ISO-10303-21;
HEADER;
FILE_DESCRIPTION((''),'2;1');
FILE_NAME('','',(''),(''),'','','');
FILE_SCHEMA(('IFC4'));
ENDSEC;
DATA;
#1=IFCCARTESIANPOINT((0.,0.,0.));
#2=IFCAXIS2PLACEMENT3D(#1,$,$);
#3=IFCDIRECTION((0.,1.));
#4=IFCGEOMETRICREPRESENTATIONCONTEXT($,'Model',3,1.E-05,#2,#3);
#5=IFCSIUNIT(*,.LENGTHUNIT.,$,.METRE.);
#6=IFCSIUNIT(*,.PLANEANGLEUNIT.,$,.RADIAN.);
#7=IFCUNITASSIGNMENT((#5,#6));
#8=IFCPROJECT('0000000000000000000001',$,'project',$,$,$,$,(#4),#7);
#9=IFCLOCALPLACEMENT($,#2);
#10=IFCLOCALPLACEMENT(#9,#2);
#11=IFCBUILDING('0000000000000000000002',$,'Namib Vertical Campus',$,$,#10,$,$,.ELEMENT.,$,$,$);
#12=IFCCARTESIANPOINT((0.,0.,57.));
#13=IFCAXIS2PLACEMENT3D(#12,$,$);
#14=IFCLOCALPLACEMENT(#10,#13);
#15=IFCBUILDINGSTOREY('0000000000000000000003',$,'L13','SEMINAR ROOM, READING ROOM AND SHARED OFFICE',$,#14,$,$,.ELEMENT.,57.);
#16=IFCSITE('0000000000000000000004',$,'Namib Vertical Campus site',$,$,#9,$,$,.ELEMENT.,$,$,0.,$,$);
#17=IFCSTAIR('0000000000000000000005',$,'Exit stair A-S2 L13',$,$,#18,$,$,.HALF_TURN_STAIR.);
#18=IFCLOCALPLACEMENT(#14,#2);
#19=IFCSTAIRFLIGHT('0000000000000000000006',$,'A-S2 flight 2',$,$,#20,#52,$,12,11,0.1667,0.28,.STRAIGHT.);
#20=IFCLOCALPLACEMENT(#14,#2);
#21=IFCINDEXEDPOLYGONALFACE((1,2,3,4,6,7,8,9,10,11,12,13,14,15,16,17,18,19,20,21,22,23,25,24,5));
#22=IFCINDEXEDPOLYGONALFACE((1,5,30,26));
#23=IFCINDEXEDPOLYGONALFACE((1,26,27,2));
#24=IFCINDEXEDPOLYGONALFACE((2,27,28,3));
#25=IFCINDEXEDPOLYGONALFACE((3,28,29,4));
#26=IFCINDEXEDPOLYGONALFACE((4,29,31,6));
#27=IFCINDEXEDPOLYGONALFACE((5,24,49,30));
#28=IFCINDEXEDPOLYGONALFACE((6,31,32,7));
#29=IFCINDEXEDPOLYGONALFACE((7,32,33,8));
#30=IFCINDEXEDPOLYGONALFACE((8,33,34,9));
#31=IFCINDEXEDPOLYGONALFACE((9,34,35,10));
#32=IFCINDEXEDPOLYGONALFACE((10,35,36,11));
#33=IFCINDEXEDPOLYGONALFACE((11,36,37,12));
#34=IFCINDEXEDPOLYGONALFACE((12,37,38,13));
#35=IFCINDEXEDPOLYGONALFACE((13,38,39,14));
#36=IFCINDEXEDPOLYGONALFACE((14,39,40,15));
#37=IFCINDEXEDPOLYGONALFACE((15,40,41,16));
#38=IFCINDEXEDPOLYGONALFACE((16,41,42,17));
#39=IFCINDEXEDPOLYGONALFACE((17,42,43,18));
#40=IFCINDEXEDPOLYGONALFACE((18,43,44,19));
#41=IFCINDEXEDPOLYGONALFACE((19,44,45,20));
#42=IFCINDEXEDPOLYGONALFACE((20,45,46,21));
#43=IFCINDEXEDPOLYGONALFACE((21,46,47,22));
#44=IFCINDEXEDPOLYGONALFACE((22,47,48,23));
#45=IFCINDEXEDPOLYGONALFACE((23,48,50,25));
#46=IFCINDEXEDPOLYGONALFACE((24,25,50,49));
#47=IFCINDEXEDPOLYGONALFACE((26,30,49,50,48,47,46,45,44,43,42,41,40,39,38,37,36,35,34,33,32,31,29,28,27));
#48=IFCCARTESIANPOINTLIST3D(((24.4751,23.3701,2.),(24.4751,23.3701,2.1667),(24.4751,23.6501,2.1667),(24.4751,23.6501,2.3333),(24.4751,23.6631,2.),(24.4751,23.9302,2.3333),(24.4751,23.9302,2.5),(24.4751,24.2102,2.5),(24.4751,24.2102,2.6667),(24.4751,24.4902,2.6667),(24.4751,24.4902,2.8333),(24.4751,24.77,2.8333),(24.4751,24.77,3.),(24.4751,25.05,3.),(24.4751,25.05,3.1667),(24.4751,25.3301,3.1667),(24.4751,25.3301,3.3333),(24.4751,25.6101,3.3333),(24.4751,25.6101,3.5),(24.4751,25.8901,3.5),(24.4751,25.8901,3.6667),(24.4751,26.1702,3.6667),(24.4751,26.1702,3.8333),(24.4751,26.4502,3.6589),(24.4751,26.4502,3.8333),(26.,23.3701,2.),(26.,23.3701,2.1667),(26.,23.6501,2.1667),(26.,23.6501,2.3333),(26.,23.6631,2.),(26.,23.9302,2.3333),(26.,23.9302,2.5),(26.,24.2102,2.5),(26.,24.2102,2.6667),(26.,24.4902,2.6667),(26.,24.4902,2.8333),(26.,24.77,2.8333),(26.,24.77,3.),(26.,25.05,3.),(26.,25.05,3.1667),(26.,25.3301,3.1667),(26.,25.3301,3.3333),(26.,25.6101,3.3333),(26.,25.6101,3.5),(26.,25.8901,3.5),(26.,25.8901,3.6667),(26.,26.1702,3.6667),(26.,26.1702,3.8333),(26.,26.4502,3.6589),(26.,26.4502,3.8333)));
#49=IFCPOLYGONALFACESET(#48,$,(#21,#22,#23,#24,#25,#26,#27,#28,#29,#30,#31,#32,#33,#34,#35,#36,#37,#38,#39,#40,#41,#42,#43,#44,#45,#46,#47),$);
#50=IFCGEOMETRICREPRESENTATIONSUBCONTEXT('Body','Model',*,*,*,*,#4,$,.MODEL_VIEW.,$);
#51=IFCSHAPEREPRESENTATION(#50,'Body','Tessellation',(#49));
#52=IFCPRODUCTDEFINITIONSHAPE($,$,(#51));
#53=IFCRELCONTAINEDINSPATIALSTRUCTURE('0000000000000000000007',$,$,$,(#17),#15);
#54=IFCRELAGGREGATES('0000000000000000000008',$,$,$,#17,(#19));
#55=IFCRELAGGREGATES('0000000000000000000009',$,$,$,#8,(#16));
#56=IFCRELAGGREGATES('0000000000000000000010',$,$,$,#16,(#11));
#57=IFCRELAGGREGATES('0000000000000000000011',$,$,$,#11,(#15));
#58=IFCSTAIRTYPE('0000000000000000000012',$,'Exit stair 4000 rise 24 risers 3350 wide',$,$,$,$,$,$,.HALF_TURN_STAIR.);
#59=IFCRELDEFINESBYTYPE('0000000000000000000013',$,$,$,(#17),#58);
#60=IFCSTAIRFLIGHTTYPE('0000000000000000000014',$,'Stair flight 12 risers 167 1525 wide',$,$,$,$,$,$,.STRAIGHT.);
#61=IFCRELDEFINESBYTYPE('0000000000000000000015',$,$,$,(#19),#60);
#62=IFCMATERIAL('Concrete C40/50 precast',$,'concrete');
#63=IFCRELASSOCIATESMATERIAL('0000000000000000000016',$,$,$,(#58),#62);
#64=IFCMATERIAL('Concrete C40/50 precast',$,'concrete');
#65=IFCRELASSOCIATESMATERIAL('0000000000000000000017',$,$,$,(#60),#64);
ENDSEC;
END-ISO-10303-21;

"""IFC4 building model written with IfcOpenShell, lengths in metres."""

from ifc_helpers import new_model, si_unit, direction, frame, origin, place, context, subcontext, project, spatial, polyline, outline, extrude, material, type_object, element, aggregate, save


model = new_model("IFC4")

# Units and contexts
model_context = context("Model", 3, precision=1e-05, world=origin(), true_north=direction((0.0, 1.0)))
body_context = subcontext(model_context, "Body", "Model", "MODEL_VIEW")
ifc_project = project(units=[si_unit("LENGTHUNIT", "METRE"), si_unit("PLANEANGLEUNIT", "RADIAN")], contexts=[model_context])

# Site, building, storey
site_placement = place(None, origin())
site = spatial("IfcSite", under=ifc_project, at=site_placement, Name="Namib Vertical Campus site", CompositionType="ELEMENT", RefElevation=0.0)
building_placement = place(site_placement, origin())
building = spatial("IfcBuilding", under=site, at=building_placement, Name="Namib Vertical Campus", CompositionType="ELEMENT")
storey_placement = place(building_placement, frame((0.0, 0.0, 57.0)))
storey = spatial("IfcBuildingStorey", under=building, at=storey_placement, Name="L13", Description="SEMINAR ROOM, READING ROOM AND SHARED OFFICE", CompositionType="ELEMENT", Elevation=57.0)

# Stair, stair flight
ifc_material_1 = material(Name="Concrete C40/50 precast", Category="concrete")
stair_type = type_object("IfcStairType", Name="Exit stair 4000 rise 24 risers 3350 wide", PredefinedType="HALF_TURN_STAIR", material=ifc_material_1)
stair_placement = place(storey_placement, origin())
stair = element("IfcStair", 1, at=stair_placement, inside=storey, type_object=stair_type, Name="Exit stair A-S2 L13", PredefinedType="HALF_TURN_STAIR")
ifc_material_2 = material(Name="Concrete C40/50 precast", Category="concrete")
stair_flight_type = type_object("IfcStairFlightType", Name="Stair flight 12 risers 167 1525 wide", PredefinedType="STRAIGHT", material=ifc_material_2)
stair_flight_1_placement = place(storey_placement, frame((25.2375, 23.3701, 2.0), z_axis=(0.0, 0.0, 1.0), x_axis=(0.0, 1.0, 0.0)))
stair_flight_1 = element("IfcStairFlight", 2, at=stair_flight_1_placement, type_object=stair_flight_type, Name="A-S2 flight 2", NumberOfRisers=12, NumberOfTreads=11, PredefinedType="STRAIGHT", RiserHeight=0.1667, TreadLength=0.28, context=body_context, shape_type="SweptSolid", body=[
    extrude(outline(polyline([(0.0, 0.0), (0.0, 0.1667), (0.28, 0.1667), (0.28, 0.3333), (0.5601, 0.3333), (0.5601, 0.5), (0.8401, 0.5), (0.8401, 0.6667), (1.1201, 0.6667), (1.1201, 0.8333), (1.3999, 0.8333), (1.3999, 1.0), (1.6799, 1.0), (1.6799, 1.1667), (1.96, 1.1667), (1.96, 1.3333), (2.24, 1.3333), (2.24, 1.5), (2.52, 1.5), (2.52, 1.6667), (2.8, 1.6667), (2.8, 1.8333), (3.0801, 1.8333), (3.0801, 2.0), (3.0801, 1.6589), (0.293, 0.0), (0.0, 0.0)])), frame((0.0, 0.7625, 0.0), z_axis=(0.0, -1.0, 0.0), x_axis=(1.0, 0.0, 0.0)), (0.0, 0.0, 1.0), 1.5249),
])
aggregate(stair, [stair_flight_1])

save(model, "model.ifc")
